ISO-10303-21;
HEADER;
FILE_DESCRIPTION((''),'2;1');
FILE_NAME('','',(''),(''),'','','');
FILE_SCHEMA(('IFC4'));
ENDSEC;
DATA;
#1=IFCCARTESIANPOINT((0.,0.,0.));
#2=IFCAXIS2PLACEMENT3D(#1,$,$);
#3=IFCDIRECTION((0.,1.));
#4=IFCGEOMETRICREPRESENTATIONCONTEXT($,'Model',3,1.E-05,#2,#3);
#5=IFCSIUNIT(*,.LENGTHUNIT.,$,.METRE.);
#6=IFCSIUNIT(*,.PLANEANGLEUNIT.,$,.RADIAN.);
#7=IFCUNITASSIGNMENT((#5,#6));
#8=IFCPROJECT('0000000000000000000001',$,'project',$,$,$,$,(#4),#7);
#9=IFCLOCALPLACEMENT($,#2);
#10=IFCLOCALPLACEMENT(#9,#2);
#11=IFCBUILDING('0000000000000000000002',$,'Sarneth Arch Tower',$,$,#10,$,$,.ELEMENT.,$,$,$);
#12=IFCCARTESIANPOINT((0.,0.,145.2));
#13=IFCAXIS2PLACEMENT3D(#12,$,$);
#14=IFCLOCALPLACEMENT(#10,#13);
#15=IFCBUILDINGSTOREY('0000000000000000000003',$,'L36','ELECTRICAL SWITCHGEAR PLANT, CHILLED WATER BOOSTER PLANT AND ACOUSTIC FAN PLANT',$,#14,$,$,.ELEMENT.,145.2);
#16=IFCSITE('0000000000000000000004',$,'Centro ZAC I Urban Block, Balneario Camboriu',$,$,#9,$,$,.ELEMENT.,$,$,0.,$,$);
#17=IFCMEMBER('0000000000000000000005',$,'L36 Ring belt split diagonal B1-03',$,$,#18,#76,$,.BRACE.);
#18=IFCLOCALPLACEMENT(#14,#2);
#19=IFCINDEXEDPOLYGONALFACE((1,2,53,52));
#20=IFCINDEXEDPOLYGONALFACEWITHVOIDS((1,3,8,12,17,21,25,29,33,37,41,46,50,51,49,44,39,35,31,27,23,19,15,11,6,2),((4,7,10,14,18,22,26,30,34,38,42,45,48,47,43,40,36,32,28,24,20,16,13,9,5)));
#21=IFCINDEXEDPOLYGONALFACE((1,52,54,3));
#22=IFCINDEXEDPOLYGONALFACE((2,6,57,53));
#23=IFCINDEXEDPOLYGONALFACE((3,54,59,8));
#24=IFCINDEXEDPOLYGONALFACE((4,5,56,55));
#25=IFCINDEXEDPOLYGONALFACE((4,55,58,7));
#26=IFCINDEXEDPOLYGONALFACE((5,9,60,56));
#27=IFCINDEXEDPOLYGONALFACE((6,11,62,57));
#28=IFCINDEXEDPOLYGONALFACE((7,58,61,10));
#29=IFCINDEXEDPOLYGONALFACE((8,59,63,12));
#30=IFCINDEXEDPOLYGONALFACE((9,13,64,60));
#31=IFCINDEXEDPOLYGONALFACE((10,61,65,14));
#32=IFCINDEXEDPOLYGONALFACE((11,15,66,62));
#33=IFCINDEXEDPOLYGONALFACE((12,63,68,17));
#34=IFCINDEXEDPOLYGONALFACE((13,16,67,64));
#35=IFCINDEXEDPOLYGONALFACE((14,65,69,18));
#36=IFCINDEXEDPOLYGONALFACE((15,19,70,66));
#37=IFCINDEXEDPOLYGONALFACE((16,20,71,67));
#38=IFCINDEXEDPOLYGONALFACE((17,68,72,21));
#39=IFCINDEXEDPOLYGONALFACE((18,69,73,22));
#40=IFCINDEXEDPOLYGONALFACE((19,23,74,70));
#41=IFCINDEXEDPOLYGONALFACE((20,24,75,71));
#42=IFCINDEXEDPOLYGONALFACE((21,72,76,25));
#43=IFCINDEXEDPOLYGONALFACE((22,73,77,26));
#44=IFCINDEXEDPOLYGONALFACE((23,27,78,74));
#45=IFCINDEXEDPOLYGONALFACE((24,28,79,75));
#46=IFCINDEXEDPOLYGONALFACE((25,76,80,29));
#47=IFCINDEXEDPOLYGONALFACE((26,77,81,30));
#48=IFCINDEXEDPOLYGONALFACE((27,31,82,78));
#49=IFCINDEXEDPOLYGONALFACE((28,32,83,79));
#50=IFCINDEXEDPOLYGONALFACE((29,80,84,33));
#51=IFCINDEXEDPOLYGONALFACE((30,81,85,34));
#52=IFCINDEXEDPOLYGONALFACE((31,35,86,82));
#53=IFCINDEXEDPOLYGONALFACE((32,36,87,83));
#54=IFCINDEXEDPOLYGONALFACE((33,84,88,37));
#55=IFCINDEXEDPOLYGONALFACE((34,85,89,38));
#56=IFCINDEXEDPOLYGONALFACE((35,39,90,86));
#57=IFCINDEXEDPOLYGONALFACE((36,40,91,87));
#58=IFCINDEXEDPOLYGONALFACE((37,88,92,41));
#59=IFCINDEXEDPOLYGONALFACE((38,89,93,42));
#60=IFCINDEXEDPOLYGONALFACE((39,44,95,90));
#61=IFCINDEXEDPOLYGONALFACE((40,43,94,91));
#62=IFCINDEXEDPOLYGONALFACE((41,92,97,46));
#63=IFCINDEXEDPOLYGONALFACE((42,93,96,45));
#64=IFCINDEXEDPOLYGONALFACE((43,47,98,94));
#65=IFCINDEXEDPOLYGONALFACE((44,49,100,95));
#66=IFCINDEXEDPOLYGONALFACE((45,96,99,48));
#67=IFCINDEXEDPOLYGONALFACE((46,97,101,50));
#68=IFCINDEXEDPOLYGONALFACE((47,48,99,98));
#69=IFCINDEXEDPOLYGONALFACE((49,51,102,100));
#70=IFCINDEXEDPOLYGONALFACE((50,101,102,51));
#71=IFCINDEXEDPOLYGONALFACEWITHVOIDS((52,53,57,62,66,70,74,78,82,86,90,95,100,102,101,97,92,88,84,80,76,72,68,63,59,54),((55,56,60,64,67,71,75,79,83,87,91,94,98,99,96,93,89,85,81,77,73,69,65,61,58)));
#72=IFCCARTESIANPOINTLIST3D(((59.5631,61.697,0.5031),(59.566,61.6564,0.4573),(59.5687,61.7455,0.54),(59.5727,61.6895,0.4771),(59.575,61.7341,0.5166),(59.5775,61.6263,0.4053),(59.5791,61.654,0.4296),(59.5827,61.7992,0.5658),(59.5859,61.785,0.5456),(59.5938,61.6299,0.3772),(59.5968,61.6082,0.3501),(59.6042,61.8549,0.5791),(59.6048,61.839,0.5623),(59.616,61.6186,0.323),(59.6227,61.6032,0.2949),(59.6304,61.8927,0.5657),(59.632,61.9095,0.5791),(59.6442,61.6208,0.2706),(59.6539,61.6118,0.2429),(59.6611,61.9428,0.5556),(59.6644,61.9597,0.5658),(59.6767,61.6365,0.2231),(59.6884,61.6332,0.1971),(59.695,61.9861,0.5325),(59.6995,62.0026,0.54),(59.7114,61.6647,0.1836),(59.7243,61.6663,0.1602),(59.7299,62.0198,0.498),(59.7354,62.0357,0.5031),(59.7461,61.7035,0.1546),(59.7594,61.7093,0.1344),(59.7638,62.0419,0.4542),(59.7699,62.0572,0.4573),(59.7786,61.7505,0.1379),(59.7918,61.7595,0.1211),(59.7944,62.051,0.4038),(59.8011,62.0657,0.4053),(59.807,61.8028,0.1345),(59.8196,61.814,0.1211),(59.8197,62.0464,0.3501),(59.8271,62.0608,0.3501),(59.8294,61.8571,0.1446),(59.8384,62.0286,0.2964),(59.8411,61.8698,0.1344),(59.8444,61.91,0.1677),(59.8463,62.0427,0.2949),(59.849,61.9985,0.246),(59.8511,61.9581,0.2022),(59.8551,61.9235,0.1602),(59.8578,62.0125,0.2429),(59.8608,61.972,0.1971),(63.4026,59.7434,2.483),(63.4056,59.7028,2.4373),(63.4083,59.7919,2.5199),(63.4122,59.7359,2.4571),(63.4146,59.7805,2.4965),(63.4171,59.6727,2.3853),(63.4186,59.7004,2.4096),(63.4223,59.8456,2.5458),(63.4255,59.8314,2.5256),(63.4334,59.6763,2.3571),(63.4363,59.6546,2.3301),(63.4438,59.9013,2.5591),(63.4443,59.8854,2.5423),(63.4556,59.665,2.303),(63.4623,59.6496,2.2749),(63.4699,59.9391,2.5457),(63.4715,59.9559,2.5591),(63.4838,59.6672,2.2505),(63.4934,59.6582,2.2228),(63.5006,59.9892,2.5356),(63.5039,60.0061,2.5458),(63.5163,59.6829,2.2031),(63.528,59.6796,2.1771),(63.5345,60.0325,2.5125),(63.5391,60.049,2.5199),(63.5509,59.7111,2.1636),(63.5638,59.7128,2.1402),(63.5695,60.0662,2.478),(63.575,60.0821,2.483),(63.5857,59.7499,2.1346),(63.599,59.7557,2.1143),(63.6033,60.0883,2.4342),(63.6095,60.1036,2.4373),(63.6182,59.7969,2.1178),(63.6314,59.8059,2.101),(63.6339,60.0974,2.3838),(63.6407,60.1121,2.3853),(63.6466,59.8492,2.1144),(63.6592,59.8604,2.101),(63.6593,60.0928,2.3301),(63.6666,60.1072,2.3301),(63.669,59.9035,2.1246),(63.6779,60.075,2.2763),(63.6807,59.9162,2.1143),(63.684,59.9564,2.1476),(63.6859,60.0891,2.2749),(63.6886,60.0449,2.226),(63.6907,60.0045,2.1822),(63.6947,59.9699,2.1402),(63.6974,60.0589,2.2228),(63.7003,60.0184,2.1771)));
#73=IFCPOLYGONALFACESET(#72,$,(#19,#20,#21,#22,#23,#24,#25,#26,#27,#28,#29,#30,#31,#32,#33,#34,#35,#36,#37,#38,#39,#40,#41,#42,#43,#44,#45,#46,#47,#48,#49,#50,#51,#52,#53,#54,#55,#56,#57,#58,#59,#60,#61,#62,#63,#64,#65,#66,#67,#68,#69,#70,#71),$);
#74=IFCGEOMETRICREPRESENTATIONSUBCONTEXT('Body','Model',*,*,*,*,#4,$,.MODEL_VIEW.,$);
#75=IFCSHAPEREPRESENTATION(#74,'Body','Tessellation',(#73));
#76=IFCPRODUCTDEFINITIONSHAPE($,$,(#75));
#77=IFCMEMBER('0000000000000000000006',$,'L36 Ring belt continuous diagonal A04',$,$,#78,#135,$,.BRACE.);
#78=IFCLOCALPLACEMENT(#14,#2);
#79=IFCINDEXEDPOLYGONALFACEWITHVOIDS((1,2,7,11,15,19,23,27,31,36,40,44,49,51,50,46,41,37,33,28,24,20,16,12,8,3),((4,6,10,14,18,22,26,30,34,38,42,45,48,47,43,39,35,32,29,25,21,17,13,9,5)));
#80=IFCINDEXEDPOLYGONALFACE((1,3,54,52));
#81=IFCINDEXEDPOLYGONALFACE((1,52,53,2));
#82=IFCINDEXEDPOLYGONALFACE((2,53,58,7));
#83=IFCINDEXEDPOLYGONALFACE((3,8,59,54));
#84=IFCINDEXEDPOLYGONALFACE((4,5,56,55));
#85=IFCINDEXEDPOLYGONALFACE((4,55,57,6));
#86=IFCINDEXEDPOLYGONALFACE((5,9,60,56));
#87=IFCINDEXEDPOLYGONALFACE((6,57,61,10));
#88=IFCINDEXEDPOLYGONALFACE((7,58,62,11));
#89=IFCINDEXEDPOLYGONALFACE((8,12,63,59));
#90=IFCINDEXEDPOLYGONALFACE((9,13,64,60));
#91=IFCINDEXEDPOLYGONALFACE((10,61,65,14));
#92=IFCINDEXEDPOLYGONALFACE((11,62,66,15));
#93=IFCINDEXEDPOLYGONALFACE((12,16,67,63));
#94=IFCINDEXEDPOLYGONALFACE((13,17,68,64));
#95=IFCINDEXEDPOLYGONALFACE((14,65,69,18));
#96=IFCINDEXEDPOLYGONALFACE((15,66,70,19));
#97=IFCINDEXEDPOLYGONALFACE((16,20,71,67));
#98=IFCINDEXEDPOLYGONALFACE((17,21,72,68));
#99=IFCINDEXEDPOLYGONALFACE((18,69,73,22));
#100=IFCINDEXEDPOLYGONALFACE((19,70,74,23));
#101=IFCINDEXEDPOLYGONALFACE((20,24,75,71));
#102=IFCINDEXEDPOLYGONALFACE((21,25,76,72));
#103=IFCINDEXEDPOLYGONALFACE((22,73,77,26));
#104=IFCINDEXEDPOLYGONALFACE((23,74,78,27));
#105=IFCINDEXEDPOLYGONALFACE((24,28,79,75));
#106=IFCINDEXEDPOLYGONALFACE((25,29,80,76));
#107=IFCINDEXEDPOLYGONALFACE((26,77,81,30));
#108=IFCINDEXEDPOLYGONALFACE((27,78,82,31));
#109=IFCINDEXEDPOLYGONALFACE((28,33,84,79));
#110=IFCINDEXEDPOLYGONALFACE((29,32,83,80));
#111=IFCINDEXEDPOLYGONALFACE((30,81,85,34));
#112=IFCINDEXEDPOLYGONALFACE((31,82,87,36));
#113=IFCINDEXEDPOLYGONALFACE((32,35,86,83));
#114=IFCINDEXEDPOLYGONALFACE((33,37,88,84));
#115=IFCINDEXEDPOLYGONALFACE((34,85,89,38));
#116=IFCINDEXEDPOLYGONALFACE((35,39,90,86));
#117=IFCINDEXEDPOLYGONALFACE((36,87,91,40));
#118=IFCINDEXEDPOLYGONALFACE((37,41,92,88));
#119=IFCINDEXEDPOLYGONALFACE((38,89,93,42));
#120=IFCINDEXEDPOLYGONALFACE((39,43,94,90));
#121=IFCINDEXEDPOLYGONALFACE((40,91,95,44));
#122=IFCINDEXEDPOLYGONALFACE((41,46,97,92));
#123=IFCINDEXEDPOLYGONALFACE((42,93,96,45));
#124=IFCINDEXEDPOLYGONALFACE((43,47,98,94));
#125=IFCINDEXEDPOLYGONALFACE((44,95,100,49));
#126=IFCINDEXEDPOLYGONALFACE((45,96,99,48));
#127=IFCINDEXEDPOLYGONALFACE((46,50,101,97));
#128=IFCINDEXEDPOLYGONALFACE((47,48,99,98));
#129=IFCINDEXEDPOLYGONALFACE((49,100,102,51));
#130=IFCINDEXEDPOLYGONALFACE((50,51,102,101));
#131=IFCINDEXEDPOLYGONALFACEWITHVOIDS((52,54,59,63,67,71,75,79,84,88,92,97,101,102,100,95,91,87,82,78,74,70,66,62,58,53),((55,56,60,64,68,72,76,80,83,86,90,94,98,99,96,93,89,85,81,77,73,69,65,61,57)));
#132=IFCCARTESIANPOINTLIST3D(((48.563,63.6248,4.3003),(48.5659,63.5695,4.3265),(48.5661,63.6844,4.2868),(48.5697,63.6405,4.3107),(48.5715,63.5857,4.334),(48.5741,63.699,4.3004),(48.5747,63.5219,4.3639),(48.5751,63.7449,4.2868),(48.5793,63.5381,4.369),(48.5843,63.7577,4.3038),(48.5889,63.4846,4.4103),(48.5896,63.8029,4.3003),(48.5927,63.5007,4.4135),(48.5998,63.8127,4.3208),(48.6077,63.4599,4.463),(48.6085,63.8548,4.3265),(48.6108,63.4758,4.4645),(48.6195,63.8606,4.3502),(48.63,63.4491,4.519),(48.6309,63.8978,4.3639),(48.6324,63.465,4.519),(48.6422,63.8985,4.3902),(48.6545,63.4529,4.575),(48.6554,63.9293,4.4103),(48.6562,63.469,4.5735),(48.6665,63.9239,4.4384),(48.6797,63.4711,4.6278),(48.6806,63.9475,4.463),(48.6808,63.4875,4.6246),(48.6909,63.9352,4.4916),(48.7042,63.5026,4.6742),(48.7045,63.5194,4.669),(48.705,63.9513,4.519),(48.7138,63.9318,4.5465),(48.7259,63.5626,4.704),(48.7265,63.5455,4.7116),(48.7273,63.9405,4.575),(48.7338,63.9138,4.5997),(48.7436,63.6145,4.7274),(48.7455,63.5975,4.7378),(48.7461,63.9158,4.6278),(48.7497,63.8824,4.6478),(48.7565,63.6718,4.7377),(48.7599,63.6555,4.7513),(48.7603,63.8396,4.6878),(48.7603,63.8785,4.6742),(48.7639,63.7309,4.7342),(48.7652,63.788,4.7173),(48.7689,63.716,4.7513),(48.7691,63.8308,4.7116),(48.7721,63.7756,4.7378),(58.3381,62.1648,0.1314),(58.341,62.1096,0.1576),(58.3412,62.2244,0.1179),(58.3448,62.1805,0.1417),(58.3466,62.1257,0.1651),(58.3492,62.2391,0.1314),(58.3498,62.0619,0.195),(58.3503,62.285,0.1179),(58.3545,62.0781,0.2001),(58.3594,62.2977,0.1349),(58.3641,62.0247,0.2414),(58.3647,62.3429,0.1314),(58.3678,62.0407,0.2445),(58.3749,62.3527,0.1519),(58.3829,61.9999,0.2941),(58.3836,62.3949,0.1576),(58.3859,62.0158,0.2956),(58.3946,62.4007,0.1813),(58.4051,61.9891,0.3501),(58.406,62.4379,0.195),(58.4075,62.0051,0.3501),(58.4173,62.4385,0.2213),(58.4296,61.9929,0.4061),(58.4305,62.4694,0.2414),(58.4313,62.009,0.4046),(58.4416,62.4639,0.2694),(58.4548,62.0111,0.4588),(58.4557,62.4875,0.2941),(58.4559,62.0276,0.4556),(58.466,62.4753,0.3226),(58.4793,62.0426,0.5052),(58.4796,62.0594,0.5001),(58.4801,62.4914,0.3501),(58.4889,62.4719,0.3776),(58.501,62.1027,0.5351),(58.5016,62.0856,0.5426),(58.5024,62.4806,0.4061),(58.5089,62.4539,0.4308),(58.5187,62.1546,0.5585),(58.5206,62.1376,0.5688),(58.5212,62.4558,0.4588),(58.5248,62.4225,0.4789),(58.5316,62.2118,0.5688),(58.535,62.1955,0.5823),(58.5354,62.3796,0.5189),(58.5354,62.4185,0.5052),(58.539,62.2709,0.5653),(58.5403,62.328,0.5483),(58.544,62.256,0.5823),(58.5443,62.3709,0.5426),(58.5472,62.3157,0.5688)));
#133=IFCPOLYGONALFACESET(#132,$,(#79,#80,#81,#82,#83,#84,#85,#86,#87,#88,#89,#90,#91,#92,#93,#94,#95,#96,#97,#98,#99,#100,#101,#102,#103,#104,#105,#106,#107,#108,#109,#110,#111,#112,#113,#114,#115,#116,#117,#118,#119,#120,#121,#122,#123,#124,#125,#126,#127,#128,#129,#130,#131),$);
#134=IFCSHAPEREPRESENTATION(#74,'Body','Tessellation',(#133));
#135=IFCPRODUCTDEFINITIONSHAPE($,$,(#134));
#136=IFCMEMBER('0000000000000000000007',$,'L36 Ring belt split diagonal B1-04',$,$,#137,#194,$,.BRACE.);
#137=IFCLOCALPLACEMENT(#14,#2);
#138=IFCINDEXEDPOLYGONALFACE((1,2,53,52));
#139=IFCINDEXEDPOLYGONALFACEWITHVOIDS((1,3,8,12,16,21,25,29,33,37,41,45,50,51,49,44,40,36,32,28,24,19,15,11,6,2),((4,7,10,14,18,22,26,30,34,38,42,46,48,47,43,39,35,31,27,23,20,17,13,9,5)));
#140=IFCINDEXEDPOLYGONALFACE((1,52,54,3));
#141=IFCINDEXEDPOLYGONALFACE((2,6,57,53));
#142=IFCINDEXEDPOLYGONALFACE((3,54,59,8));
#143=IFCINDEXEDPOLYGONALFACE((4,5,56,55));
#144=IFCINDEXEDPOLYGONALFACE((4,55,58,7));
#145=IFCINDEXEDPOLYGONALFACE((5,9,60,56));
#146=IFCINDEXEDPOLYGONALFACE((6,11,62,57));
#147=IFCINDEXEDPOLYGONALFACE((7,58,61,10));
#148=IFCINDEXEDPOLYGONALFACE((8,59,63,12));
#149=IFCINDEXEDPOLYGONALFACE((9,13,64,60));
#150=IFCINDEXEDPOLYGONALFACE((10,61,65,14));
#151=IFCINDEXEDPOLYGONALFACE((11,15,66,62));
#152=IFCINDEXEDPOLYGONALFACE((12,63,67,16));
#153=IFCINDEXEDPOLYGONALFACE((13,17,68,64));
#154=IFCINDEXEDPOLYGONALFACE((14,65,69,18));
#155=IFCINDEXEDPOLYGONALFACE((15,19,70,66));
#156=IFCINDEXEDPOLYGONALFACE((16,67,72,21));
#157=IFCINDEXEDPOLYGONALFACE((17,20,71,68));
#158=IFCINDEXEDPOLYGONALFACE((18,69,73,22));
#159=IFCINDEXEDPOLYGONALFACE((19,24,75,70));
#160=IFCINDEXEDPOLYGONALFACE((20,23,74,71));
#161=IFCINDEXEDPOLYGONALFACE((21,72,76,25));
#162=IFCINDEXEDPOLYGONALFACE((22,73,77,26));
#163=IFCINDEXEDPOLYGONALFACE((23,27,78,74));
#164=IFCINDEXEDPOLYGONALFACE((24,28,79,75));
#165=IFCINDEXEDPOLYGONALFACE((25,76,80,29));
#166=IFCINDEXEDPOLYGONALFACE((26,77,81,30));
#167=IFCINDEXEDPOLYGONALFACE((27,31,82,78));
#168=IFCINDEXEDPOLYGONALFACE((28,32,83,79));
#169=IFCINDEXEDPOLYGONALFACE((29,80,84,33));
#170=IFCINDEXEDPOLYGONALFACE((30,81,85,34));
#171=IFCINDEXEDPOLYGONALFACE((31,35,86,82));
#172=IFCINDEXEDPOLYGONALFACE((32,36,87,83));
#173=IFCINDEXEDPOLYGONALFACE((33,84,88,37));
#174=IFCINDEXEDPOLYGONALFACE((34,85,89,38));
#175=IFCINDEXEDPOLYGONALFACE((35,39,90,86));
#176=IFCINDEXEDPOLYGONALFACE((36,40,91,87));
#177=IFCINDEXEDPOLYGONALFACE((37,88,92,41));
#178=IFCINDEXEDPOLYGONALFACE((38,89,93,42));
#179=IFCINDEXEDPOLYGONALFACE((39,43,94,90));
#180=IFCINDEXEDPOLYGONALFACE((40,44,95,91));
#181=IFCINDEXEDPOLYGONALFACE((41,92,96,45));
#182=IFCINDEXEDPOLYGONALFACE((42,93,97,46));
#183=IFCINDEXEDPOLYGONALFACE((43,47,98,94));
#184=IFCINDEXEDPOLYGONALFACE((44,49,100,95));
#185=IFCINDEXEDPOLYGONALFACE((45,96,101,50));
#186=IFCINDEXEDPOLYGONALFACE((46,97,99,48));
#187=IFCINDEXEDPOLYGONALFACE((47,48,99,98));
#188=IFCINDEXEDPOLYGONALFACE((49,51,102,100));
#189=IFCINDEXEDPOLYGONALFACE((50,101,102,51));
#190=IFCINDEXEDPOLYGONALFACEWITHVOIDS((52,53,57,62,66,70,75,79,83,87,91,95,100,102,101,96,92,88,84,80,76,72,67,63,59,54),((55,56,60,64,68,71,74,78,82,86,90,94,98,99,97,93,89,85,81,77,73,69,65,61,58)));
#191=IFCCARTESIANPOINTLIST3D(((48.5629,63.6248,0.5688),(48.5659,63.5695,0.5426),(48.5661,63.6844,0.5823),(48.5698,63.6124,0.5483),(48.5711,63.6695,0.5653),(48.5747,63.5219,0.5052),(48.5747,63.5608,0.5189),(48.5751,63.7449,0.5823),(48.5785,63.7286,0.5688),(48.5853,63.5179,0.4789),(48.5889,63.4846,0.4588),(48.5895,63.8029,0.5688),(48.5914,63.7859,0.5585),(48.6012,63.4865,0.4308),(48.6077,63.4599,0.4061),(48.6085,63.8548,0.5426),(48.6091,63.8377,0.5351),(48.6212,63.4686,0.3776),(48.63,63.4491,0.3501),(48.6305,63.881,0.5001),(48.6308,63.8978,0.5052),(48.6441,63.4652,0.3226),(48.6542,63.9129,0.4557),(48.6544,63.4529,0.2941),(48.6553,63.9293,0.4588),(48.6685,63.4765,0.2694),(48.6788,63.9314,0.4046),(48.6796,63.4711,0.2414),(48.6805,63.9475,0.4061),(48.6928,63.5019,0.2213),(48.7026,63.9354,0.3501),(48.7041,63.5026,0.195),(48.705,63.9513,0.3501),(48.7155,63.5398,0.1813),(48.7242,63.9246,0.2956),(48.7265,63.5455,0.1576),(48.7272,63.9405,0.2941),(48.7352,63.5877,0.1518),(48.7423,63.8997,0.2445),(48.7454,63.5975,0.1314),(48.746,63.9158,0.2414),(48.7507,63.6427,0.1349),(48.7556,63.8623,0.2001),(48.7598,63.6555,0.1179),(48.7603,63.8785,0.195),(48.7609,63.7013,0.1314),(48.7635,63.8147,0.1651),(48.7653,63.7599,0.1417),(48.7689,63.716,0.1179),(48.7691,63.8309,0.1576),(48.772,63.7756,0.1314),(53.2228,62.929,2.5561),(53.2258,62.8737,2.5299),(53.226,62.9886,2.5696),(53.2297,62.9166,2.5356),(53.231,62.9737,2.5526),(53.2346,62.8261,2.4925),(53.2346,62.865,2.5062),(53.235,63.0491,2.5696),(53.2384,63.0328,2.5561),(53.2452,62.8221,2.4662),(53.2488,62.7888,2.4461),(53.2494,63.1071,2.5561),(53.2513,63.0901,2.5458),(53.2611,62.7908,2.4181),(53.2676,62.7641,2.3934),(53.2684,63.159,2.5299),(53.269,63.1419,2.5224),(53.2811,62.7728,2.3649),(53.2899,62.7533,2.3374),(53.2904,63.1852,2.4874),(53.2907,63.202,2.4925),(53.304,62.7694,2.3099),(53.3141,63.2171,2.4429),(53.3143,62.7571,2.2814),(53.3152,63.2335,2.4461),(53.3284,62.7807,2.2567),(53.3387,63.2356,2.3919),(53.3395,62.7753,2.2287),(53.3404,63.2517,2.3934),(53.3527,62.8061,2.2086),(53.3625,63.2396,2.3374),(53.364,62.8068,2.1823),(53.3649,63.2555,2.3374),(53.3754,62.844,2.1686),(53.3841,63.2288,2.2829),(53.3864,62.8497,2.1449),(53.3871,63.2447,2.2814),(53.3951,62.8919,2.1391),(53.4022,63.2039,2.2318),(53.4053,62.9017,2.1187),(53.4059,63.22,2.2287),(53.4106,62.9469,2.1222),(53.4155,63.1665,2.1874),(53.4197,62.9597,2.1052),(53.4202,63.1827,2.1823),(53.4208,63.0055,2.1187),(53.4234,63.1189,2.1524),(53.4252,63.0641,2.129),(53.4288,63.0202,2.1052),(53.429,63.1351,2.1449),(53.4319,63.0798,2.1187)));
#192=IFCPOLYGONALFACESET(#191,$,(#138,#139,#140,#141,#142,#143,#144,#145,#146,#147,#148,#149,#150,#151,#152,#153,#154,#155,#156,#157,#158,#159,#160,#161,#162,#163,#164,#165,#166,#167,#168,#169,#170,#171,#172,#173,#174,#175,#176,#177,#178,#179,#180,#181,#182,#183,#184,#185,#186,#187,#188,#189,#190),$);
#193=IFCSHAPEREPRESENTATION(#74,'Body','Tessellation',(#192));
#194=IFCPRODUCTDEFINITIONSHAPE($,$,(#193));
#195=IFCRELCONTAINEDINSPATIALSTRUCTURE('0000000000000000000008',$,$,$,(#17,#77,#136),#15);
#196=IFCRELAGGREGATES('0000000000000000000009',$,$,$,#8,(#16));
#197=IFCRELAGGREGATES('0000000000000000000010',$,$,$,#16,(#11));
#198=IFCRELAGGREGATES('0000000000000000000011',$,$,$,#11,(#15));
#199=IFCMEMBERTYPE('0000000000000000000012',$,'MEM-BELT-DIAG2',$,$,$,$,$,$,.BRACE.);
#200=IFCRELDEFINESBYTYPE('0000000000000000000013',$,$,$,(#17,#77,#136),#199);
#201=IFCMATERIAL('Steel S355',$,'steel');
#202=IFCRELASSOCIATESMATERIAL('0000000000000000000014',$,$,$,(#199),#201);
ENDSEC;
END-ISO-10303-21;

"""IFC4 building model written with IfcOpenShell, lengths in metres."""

from ifc_helpers import new_model, si_unit, direction, frame, origin, origin_2d, place, context, subcontext, project, spatial, hollow_circle, extrude, material, material_profile, profile_set, type_object, element, save


model = new_model("IFC4")

# Units and contexts
model_context = context("Model", 3, precision=1e-05, world=origin(), true_north=direction((0.0, 1.0)))
body_context = subcontext(model_context, "Body", "Model", "MODEL_VIEW")
ifc_project = project(units=[si_unit("LENGTHUNIT", "METRE"), si_unit("PLANEANGLEUNIT", "RADIAN")], contexts=[model_context])

# Site, building, storey
site_placement = place(None, origin())
site = spatial("IfcSite", under=ifc_project, at=site_placement, Name="Centro ZAC I Urban Block, Balneario Camboriu", CompositionType="ELEMENT", RefElevation=0.0)
building_placement = place(site_placement, origin())
building = spatial("IfcBuilding", under=site, at=building_placement, Name="Sarneth Arch Tower", CompositionType="ELEMENT")
storey_placement = place(building_placement, frame((0.0, 0.0, 145.2)))
storey = spatial("IfcBuildingStorey", under=building, at=storey_placement, Name="L36", Description="ELECTRICAL SWITCHGEAR PLANT, CHILLED WATER BOOSTER PLANT AND ACOUSTIC FAN PLANT", CompositionType="ELEMENT", Elevation=145.2)

# Members
ifc_material_1 = material(Name="Steel S355", Category="steel")
ifc_material_profile_1 = material_profile(ifc_material_1, hollow_circle(Radius=0.2539, WallThickness=0.0161, at=origin_2d()), Name="CHS508x16")
ifc_profile_set_1 = profile_set([ifc_material_profile_1], Name="Steel S355")
member_type_1 = type_object("IfcMemberType", Name="MEM-BELT-DIAG2", PredefinedType="BRACE", material=ifc_profile_set_1)
member_1_placement = place(storey_placement, frame((59.7119, 61.8345, 0.3501), z_axis=(0.809829, -0.412046, 0.417607), x_axis=(0.453482, 0.891266, 0.0)))
element("IfcMember", 1, at=member_1_placement, inside=storey, type_object=member_type_1, Name="L36 Ring belt split diagonal B1-03", PredefinedType="BRACE", context=body_context, shape_type="SweptSolid", body=[
    extrude(hollow_circle(Radius=0.2539, WallThickness=0.0161, at=origin_2d()), origin(), (0.0, 0.0, 1.0), 4.7412),
])
member_2_placement = place(storey_placement, frame((58.4426, 62.2402, 0.3501), z_axis=(-0.911279, 0.136104, 0.388646), x_axis=(-0.147716, -0.98903, 0.0)))
element("IfcMember", 2, at=member_2_placement, inside=storey, type_object=member_type_1, Name="L36 Ring belt continuous diagonal A04", PredefinedType="BRACE", context=body_context, shape_type="SweptSolid", body=[
    extrude(hollow_circle(Radius=0.2539, WallThickness=0.0161, at=origin_2d()), origin(), (0.0, 0.0, 1.0), 10.7268),
])
member_3_placement = place(storey_placement, frame((48.6675, 63.7002, 0.3501), z_axis=(0.911289, -0.13607, 0.388636), x_axis=(0.147679, 0.989035, 0.0)))
element("IfcMember", 3, at=member_3_placement, inside=storey, type_object=member_type_1, Name="L36 Ring belt split diagonal B1-04", PredefinedType="BRACE", context=body_context, shape_type="SweptSolid", body=[
    extrude(hollow_circle(Radius=0.2539, WallThickness=0.0161, at=origin_2d()), origin(), (0.0, 0.0, 1.0), 5.1135),
])

save(model, "model.ifc")
